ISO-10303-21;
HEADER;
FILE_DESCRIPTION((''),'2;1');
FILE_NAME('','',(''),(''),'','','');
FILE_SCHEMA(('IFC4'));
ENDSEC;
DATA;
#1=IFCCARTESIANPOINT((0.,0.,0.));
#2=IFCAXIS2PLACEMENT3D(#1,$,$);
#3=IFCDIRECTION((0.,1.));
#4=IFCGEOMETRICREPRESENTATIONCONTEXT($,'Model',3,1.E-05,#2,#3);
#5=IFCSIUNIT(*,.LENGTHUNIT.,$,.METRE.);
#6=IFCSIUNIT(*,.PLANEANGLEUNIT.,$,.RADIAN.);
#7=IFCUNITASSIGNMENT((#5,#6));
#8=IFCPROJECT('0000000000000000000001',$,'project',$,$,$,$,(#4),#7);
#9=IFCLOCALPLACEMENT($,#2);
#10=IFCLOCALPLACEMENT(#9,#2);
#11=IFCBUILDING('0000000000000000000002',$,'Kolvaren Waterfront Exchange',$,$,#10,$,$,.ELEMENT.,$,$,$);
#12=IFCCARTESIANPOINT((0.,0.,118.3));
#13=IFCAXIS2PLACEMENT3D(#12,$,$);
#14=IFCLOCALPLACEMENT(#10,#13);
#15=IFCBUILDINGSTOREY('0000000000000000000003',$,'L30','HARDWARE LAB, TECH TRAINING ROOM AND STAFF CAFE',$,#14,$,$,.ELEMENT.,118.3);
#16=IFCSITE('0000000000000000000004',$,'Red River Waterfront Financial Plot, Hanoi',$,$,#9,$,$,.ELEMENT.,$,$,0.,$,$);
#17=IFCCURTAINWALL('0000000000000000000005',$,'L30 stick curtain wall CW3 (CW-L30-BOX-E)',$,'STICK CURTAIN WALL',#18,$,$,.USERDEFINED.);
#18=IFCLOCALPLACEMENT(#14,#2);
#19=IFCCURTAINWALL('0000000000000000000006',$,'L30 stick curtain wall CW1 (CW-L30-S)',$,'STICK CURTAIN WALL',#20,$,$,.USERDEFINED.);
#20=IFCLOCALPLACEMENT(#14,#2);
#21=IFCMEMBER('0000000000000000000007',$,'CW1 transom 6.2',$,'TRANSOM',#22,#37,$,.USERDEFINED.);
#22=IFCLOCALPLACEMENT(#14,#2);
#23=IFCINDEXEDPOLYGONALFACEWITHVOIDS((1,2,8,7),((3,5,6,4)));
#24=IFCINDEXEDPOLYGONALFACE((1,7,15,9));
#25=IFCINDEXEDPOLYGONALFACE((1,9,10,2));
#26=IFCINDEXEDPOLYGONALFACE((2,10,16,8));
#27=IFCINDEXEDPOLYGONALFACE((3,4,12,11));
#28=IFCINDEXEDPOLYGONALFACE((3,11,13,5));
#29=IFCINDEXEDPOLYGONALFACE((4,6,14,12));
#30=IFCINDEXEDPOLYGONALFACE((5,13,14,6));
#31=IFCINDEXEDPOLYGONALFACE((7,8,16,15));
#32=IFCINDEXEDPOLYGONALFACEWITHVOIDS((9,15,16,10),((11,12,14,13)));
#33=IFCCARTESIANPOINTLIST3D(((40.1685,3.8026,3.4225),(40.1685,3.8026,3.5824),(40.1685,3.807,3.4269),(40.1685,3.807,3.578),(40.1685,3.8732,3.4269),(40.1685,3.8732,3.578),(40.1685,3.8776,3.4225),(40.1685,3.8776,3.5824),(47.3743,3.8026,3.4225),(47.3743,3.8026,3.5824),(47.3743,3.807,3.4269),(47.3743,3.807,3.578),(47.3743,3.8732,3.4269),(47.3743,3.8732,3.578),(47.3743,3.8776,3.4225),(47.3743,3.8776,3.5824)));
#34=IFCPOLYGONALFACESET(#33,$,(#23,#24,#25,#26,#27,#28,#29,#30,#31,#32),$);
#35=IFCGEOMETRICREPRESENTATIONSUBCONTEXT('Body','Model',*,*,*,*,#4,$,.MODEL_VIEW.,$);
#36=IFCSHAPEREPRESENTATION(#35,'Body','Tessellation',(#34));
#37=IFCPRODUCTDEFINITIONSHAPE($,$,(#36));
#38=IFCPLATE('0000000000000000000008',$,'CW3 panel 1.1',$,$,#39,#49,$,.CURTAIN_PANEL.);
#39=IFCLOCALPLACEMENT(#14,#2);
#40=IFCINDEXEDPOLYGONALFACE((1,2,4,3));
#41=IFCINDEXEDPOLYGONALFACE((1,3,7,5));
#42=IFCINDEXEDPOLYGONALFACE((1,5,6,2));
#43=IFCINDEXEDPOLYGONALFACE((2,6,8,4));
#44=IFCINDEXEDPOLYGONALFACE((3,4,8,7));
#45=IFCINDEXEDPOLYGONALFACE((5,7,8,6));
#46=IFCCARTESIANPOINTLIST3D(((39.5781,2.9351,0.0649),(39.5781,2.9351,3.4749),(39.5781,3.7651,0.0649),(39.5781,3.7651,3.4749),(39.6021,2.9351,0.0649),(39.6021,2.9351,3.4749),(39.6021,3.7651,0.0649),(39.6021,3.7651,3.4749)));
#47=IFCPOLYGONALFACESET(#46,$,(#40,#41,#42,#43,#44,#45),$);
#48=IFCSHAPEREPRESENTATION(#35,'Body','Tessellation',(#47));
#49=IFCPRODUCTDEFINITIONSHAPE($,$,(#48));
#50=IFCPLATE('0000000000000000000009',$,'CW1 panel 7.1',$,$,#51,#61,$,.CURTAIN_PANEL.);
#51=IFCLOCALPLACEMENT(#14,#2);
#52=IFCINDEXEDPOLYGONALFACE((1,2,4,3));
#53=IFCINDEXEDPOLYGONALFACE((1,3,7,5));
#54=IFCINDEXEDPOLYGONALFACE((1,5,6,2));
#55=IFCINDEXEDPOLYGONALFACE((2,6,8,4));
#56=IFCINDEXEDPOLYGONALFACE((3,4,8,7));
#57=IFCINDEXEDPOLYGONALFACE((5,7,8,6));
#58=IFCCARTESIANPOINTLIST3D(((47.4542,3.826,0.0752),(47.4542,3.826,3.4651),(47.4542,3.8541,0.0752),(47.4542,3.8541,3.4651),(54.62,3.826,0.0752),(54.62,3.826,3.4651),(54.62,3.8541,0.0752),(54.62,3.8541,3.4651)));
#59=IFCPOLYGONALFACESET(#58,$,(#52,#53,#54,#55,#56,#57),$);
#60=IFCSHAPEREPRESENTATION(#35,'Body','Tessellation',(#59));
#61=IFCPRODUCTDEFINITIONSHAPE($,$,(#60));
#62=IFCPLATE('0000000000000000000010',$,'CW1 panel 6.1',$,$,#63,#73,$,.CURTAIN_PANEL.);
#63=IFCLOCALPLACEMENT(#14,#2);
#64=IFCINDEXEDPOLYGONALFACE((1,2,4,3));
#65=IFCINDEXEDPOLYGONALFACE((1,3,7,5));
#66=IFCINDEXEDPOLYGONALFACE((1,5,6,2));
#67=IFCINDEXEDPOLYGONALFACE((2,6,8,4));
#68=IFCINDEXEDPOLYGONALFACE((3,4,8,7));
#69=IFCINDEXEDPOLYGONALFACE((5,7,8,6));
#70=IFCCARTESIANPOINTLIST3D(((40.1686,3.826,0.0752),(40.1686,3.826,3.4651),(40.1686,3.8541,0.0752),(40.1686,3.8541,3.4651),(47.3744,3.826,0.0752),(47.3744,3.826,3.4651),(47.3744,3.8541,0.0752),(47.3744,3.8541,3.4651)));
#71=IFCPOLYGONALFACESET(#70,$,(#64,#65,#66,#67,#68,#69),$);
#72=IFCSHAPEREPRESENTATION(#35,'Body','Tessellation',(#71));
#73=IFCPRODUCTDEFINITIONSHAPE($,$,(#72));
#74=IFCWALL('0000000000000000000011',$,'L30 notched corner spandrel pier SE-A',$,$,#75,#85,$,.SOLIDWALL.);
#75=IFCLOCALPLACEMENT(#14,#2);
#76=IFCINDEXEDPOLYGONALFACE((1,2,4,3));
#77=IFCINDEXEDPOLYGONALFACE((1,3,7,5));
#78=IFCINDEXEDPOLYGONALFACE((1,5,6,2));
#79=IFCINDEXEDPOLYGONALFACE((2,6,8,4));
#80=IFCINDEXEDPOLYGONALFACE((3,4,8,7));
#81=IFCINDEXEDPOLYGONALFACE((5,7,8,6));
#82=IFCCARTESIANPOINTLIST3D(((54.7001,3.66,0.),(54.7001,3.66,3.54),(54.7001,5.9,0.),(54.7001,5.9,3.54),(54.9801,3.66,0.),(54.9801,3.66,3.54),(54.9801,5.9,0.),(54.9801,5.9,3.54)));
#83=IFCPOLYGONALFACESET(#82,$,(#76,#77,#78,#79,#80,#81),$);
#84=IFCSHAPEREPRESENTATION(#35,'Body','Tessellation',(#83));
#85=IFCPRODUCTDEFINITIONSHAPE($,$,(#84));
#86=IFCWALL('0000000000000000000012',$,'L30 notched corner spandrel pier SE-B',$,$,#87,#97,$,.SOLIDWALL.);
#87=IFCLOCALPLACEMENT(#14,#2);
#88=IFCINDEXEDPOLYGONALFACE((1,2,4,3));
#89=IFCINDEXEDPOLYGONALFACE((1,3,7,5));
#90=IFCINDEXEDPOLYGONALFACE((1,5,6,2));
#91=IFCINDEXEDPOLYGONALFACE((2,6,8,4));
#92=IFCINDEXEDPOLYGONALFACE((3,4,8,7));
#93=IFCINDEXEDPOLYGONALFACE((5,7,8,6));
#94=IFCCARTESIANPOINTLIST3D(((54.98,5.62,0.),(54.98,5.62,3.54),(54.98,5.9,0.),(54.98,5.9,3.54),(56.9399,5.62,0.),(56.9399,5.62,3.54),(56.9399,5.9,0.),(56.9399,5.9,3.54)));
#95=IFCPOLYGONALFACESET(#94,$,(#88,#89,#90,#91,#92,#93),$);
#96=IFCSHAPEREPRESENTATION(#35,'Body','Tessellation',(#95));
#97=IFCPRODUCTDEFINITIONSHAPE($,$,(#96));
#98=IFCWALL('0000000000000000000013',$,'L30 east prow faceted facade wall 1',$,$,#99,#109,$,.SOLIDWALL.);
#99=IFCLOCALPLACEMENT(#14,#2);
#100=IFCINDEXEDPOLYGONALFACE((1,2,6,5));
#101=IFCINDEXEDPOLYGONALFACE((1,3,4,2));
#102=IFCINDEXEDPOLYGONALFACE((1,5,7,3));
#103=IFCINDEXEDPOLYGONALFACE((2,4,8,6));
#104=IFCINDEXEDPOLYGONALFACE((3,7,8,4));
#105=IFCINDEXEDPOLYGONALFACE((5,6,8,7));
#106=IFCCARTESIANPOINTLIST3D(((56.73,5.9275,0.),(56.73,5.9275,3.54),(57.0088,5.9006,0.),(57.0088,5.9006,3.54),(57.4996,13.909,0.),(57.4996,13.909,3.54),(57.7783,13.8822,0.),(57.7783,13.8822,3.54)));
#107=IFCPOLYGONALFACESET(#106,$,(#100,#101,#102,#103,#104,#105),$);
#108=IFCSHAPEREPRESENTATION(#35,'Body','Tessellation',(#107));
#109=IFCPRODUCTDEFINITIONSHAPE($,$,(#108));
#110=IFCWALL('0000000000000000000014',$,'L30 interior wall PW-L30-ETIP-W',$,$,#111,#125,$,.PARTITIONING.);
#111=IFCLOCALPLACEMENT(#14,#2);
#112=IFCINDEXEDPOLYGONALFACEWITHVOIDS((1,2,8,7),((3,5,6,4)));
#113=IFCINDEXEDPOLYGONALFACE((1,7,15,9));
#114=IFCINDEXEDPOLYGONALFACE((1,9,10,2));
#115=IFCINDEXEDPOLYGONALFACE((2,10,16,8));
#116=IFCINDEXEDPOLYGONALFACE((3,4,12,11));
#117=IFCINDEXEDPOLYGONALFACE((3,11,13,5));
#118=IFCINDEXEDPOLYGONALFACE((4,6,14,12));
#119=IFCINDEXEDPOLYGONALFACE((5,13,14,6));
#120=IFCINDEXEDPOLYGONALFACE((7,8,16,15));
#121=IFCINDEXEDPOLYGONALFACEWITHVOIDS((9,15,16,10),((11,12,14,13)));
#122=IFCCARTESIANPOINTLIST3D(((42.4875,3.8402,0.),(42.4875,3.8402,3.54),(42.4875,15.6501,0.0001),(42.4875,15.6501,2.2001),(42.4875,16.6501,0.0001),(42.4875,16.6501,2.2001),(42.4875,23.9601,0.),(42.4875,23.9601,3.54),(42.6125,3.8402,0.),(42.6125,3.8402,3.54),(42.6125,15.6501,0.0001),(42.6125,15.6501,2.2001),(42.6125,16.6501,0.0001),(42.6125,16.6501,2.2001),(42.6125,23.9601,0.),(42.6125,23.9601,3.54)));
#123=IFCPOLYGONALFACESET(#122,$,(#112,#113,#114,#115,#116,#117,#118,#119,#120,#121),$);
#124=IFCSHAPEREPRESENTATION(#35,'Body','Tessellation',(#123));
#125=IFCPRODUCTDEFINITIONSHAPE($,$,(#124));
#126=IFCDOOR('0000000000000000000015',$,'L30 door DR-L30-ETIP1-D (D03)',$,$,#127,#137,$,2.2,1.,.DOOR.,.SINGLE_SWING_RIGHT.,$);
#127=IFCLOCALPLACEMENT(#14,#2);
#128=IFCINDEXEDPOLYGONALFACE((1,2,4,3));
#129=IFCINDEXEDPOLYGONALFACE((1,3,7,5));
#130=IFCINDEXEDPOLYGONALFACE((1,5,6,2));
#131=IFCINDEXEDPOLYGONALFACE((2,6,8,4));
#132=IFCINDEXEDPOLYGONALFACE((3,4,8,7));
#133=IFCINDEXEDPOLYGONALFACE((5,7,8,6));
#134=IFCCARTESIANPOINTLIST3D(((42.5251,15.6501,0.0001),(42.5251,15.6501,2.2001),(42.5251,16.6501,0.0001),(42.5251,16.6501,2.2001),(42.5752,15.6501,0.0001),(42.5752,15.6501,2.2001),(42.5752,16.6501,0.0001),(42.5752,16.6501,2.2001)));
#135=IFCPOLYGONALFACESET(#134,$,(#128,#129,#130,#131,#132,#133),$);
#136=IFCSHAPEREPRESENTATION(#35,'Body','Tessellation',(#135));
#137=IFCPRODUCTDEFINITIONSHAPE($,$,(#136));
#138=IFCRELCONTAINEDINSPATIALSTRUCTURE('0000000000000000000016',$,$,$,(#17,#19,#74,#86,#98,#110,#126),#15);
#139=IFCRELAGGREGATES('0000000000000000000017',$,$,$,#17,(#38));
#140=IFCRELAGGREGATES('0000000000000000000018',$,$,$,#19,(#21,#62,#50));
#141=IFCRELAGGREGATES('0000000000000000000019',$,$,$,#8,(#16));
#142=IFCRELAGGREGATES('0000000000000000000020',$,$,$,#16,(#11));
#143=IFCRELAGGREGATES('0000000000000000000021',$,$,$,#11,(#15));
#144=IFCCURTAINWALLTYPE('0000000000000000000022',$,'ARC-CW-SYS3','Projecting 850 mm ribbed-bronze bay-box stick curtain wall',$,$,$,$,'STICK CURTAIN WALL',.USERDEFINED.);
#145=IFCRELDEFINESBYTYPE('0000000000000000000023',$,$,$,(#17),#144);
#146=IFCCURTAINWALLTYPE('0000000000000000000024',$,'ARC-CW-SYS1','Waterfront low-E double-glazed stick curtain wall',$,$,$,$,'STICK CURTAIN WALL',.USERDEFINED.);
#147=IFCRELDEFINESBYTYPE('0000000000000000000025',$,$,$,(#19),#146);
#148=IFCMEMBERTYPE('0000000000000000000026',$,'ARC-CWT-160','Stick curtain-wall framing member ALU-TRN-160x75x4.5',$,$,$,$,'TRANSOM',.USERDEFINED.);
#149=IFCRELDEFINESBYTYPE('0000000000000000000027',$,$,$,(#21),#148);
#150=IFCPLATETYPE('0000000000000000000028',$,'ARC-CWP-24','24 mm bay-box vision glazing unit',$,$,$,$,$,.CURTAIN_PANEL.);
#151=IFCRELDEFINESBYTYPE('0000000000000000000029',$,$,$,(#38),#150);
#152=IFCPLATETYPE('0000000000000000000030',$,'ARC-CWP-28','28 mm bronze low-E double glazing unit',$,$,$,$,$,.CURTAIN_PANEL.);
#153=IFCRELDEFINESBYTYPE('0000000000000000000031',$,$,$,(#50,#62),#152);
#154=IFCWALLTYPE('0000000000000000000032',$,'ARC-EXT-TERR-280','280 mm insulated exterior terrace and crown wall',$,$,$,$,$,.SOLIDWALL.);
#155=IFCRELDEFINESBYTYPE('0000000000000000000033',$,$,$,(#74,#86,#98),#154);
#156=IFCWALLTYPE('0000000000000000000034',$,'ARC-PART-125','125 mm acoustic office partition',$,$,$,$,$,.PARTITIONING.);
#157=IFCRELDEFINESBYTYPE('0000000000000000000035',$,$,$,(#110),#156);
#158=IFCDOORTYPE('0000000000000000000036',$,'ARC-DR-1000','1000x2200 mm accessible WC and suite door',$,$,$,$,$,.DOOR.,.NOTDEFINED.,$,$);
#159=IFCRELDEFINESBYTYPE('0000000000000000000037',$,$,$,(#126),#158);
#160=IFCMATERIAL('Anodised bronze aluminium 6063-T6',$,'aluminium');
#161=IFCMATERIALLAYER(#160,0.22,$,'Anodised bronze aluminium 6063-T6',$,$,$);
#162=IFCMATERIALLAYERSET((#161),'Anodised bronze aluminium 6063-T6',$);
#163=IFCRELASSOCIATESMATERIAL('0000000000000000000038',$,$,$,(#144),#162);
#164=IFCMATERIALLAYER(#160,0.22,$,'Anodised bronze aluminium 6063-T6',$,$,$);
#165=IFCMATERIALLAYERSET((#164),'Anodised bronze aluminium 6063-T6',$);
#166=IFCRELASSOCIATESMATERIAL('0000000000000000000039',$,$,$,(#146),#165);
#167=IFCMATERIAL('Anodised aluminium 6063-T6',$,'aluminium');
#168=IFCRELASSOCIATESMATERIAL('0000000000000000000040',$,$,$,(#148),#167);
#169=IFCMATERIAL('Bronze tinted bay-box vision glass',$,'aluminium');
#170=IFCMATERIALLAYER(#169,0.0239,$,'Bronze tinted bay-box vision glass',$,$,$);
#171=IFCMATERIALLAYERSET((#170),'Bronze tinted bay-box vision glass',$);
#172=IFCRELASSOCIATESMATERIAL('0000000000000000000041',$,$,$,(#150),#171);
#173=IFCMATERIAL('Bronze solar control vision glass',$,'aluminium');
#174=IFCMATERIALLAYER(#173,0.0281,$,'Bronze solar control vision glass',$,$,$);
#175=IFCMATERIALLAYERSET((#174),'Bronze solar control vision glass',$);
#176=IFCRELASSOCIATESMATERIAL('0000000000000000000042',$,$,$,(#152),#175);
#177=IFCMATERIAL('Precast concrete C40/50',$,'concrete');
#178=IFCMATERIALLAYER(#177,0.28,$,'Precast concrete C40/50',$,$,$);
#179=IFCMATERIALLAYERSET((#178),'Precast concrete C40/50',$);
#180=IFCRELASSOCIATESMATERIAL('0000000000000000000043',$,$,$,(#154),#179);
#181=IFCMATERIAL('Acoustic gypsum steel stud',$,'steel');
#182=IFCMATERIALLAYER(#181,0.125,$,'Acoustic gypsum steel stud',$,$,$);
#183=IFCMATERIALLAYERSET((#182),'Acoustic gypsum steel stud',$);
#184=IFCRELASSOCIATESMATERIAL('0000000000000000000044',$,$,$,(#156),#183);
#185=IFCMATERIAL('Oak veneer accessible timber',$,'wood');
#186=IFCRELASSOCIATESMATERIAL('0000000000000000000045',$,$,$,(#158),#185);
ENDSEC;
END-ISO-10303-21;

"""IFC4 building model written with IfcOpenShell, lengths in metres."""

from ifc_helpers import new_model, si_unit, direction, frame, frame_2d, origin, origin_with_axes, origin_2d, place, context, subcontext, project, spatial, rectangle, hollow_rectangle, extrude, source, transform, mapped, material, layer, layer_set, material_profile, profile_set, type_object, element, fill, aggregate, save


model = new_model("IFC4")

# Units and contexts
model_context = context("Model", 3, precision=1e-05, world=origin(), true_north=direction((0.0, 1.0)))
body_context = subcontext(model_context, "Body", "Model", "MODEL_VIEW")
ifc_project = project(units=[si_unit("LENGTHUNIT", "METRE"), si_unit("PLANEANGLEUNIT", "RADIAN")], contexts=[model_context])

# Site, building, storey
site_placement = place(None, origin())
site = spatial("IfcSite", under=ifc_project, at=site_placement, Name="Red River Waterfront Financial Plot, Hanoi", CompositionType="ELEMENT", RefElevation=0.0)
building_placement = place(site_placement, origin())
building = spatial("IfcBuilding", under=site, at=building_placement, Name="Kolvaren Waterfront Exchange", CompositionType="ELEMENT")
storey_placement = place(building_placement, frame((0.0, 0.0, 118.3)))
storey = spatial("IfcBuildingStorey", under=building, at=storey_placement, Name="L30", Description="HARDWARE LAB, TECH TRAINING ROOM AND STAFF CAFE", CompositionType="ELEMENT", Elevation=118.3)

# Curtain wall
ifc_material_1 = material(Name="Anodised bronze aluminium 6063-T6", Category="aluminium")
ifc_layer_1 = layer(ifc_material_1, 0.22, Name="Anodised bronze aluminium 6063-T6")
ifc_layer_set_1 = layer_set([ifc_layer_1], Name="Anodised bronze aluminium 6063-T6")
curtain_wall_type_1 = type_object("IfcCurtainWallType", Name="ARC-CW-SYS3", Description="Projecting 850 mm ribbed-bronze bay-box stick curtain wall", ElementType="STICK CURTAIN WALL", PredefinedType="USERDEFINED", material=ifc_layer_set_1)
curtain_wall_1_placement = place(storey_placement, origin())
curtain_wall_1 = element("IfcCurtainWall", 1, at=curtain_wall_1_placement, inside=storey, type_object=curtain_wall_type_1, Name="L30 stick curtain wall CW3 (CW-L30-BOX-E)", ObjectType="STICK CURTAIN WALL", PredefinedType="USERDEFINED")

# Curtain wall, member
ifc_layer_2 = layer(ifc_material_1, 0.22, Name="Anodised bronze aluminium 6063-T6")
ifc_layer_set_2 = layer_set([ifc_layer_2], Name="Anodised bronze aluminium 6063-T6")
curtain_wall_type_2 = type_object("IfcCurtainWallType", Name="ARC-CW-SYS1", Description="Waterfront low-E double-glazed stick curtain wall", ElementType="STICK CURTAIN WALL", PredefinedType="USERDEFINED", material=ifc_layer_set_2)
curtain_wall_2_placement = place(storey_placement, origin())
curtain_wall_2 = element("IfcCurtainWall", 2, at=curtain_wall_2_placement, inside=storey, type_object=curtain_wall_type_2, Name="L30 stick curtain wall CW1 (CW-L30-S)", ObjectType="STICK CURTAIN WALL", PredefinedType="USERDEFINED")
ifc_material_2 = material(Name="Anodised aluminium 6063-T6", Category="aluminium")
ifc_material_profile_1 = material_profile(ifc_material_2, hollow_rectangle(XDim=0.075, YDim=0.1599, WallThickness=0.0044, at=origin_2d()), Name="ALU-TRN-160x75x4.5")
ifc_profile_set_1 = profile_set([ifc_material_profile_1], Name="Anodised aluminium 6063-T6")
member_type_1 = type_object("IfcMemberType", Name="ARC-CWT-160", Description="Stick curtain-wall framing member ALU-TRN-160x75x4.5", ElementType="TRANSOM", PredefinedType="USERDEFINED", material=ifc_profile_set_1)
shared_shape_1 = source(origin_with_axes(), body_context, "Body", "SweptSolid", [
    extrude(hollow_rectangle(XDim=0.075, YDim=0.1599, WallThickness=0.0044, at=origin_2d()), origin(), (0.0, 0.0, 1.0), 7.2058),
])
member_1_placement = place(storey_placement, frame((40.1685, 3.8401, 3.5024), z_axis=(1.0, 0.0, 0.0), x_axis=(0.0, 1.0, 0.0)))
member_1 = element("IfcMember", 3, at=member_1_placement, type_object=member_type_1, Name="CW1 transom 6.2", ObjectType="TRANSOM", PredefinedType="USERDEFINED", context=body_context, shape_type="MappedRepresentation", body=[
    mapped(shared_shape_1, transform((0.0, 0.0, 0.0), x_axis=(1.0, 0.0, 0.0), y_axis=(0.0, 1.0, 0.0), z_axis=(0.0, 0.0, 1.0), scale=1.0)),
])

# Plates
ifc_material_3 = material(Name="Bronze tinted bay-box vision glass", Category="aluminium")
ifc_layer_3 = layer(ifc_material_3, 0.0239, Name="Bronze tinted bay-box vision glass")
ifc_layer_set_3 = layer_set([ifc_layer_3], Name="Bronze tinted bay-box vision glass")
plate_type_1 = type_object("IfcPlateType", Name="ARC-CWP-24", Description="24 mm bay-box vision glazing unit", PredefinedType="CURTAIN_PANEL", material=ifc_layer_set_3)
shared_shape_2 = source(origin_with_axes(), body_context, "Body", "SweptSolid", [
    extrude(rectangle(XDim=0.8301, YDim=0.0239, at=origin_2d()), origin(), (0.0, 0.0, 1.0), 3.4099),
])
plate_1_placement = place(storey_placement, frame((39.5901, 3.3501, 0.0649), z_axis=(0.0, 0.0, 1.0), x_axis=(0.0, 1.0, 0.0)))
plate_1 = element("IfcPlate", 4, at=plate_1_placement, type_object=plate_type_1, Name="CW3 panel 1.1", PredefinedType="CURTAIN_PANEL", context=body_context, shape_type="MappedRepresentation", body=[
    mapped(shared_shape_2, transform((0.0, 0.0, 0.0), x_axis=(1.0, 0.0, 0.0), y_axis=(0.0, 1.0, 0.0), z_axis=(0.0, 0.0, 1.0), scale=1.0)),
])
aggregate(curtain_wall_1, [plate_1])
ifc_material_4 = material(Name="Bronze solar control vision glass", Category="aluminium")
ifc_layer_4 = layer(ifc_material_4, 0.0281, Name="Bronze solar control vision glass")
ifc_layer_set_4 = layer_set([ifc_layer_4], Name="Bronze solar control vision glass")
plate_type_2 = type_object("IfcPlateType", Name="ARC-CWP-28", Description="28 mm bronze low-E double glazing unit", PredefinedType="CURTAIN_PANEL", material=ifc_layer_set_4)
shared_shape_3 = source(origin_with_axes(), body_context, "Body", "SweptSolid", [
    extrude(rectangle(XDim=7.1658, YDim=0.0281, at=origin_2d()), origin(), (0.0, 0.0, 1.0), 3.3899),
])
plate_2_placement = place(storey_placement, frame((51.0371, 3.8401, 0.0752), z_axis=(0.0, 0.0, 1.0), x_axis=(1.0, 0.0, 0.0)))
plate_2 = element("IfcPlate", 5, at=plate_2_placement, type_object=plate_type_2, Name="CW1 panel 7.1", PredefinedType="CURTAIN_PANEL", context=body_context, shape_type="MappedRepresentation", body=[
    mapped(shared_shape_3, transform((0.0, 0.0, 0.0), x_axis=(1.0, 0.0, 0.0), y_axis=(0.0, 1.0, 0.0), z_axis=(0.0, 0.0, 1.0), scale=1.0)),
])
shared_shape_4 = source(origin_with_axes(), body_context, "Body", "SweptSolid", [
    extrude(rectangle(XDim=7.2058, YDim=0.0281, at=origin_2d()), origin(), (0.0, 0.0, 1.0), 3.3899),
])
plate_3_placement = place(storey_placement, frame((43.7715, 3.8401, 0.0752), z_axis=(0.0, 0.0, 1.0), x_axis=(1.0, 0.0, 0.0)))
plate_3 = element("IfcPlate", 6, at=plate_3_placement, type_object=plate_type_2, Name="CW1 panel 6.1", PredefinedType="CURTAIN_PANEL", context=body_context, shape_type="MappedRepresentation", body=[
    mapped(shared_shape_4, transform((0.0, 0.0, 0.0), x_axis=(1.0, 0.0, 0.0), y_axis=(0.0, 1.0, 0.0), z_axis=(0.0, 0.0, 1.0), scale=1.0)),
])
aggregate(curtain_wall_2, [member_1, plate_3, plate_2])

# Walls
ifc_material_5 = material(Name="Precast concrete C40/50", Category="concrete")
ifc_layer_5 = layer(ifc_material_5, 0.28, Name="Precast concrete C40/50")
ifc_layer_set_5 = layer_set([ifc_layer_5], Name="Precast concrete C40/50")
wall_type_1 = type_object("IfcWallType", Name="ARC-EXT-TERR-280", Description="280 mm insulated exterior terrace and crown wall", PredefinedType="SOLIDWALL", material=ifc_layer_set_5)
wall_1_placement = place(storey_placement, frame((54.8401, 3.6599, 0.0), z_axis=(0.0, 0.0, 1.0), x_axis=(0.0, 1.0, 0.0)))
element("IfcWall", 7, at=wall_1_placement, inside=storey, type_object=wall_type_1, Name="L30 notched corner spandrel pier SE-A", PredefinedType="SOLIDWALL", context=body_context, shape_type="SweptSolid", body=[
    extrude(rectangle(XDim=2.24, YDim=0.28, at=frame_2d((1.1201, 0.0))), origin(), (0.0, 0.0, 1.0), 3.54),
])
wall_2_placement = place(storey_placement, frame((54.98, 5.76, 0.0), z_axis=(0.0, 0.0, 1.0), x_axis=(1.0, 0.0, 0.0)))
element("IfcWall", 8, at=wall_2_placement, inside=storey, type_object=wall_type_1, Name="L30 notched corner spandrel pier SE-B", PredefinedType="SOLIDWALL", context=body_context, shape_type="SweptSolid", body=[
    extrude(rectangle(XDim=1.96, YDim=0.28, at=frame_2d((0.98, 0.0))), origin(), (0.0, 0.0, 1.0), 3.54),
])
wall_3_placement = place(storey_placement, frame((56.8694, 5.9141, 0.0), z_axis=(0.0, 0.0, 1.0), x_axis=(0.09597, 0.995384, 0.0)))
element("IfcWall", 9, at=wall_3_placement, inside=storey, type_object=wall_type_1, Name="L30 east prow faceted facade wall 1", PredefinedType="SOLIDWALL", context=body_context, shape_type="SweptSolid", body=[
    extrude(rectangle(XDim=8.0186, YDim=0.28, at=frame_2d((4.0093, 0.0))), origin(), (0.0, 0.0, 1.0), 3.54),
])

# Wall, opening, door
ifc_material_6 = material(Name="Acoustic gypsum steel stud", Category="steel")
ifc_layer_6 = layer(ifc_material_6, 0.125, Name="Acoustic gypsum steel stud")
ifc_layer_set_6 = layer_set([ifc_layer_6], Name="Acoustic gypsum steel stud")
wall_type_2 = type_object("IfcWallType", Name="ARC-PART-125", Description="125 mm acoustic office partition", PredefinedType="PARTITIONING", material=ifc_layer_set_6)
wall_4_placement = place(storey_placement, frame((42.55, 3.8401, 0.0), z_axis=(0.0, 0.0, 1.0), x_axis=(0.0, 1.0, 0.0)))
wall_4 = element("IfcWall", 10, at=wall_4_placement, inside=storey, type_object=wall_type_2, Name="L30 interior wall PW-L30-ETIP-W", PredefinedType="PARTITIONING", context=body_context, shape_type="SweptSolid", body=[
    extrude(rectangle(XDim=20.1199, YDim=0.125, at=frame_2d((10.0601, 0.0))), origin(), (0.0, 0.0, 1.0), 3.54),
])
opening_placement = place(wall_4_placement, frame((11.8101, 0.0, 0.0)))
opening = element("IfcOpeningElement", 11, at=opening_placement, cuts=wall_4, PredefinedType="OPENING", context=body_context, shape_type="SweptSolid", body=[
    extrude(rectangle(XDim=1.0, YDim=2.2, at=frame_2d((0.5, 1.1001))), frame((0.0, 0.0725, 0.0), z_axis=(0.0, -1.0, 0.0), x_axis=(1.0, 0.0, 0.0)), (0.0, 0.0, 1.0), 0.145),
])
ifc_material_7 = material(Name="Oak veneer accessible timber", Category="wood")
door_type = type_object("IfcDoorType", Name="ARC-DR-1000", Description="1000x2200 mm accessible WC and suite door", OperationType="NOTDEFINED", PredefinedType="DOOR", material=ifc_material_7)
door_placement = place(opening_placement, origin())
door = element("IfcDoor", 12, at=door_placement, inside=storey, type_object=door_type, Name="L30 door DR-L30-ETIP1-D (D03)", OperationType="SINGLE_SWING_RIGHT", OverallHeight=2.2, OverallWidth=1.0, PredefinedType="DOOR", context=body_context, shape_type="SweptSolid", body=[
    extrude(rectangle(XDim=1.0, YDim=2.2, at=frame_2d((0.5, 1.1001))), frame((0.0, 0.0249, 0.0), z_axis=(0.0, -1.0, 0.0), x_axis=(1.0, 0.0, 0.0)), (0.0, 0.0, 1.0), 0.05),
])
fill(opening, door)

save(model, "model.ifc")
